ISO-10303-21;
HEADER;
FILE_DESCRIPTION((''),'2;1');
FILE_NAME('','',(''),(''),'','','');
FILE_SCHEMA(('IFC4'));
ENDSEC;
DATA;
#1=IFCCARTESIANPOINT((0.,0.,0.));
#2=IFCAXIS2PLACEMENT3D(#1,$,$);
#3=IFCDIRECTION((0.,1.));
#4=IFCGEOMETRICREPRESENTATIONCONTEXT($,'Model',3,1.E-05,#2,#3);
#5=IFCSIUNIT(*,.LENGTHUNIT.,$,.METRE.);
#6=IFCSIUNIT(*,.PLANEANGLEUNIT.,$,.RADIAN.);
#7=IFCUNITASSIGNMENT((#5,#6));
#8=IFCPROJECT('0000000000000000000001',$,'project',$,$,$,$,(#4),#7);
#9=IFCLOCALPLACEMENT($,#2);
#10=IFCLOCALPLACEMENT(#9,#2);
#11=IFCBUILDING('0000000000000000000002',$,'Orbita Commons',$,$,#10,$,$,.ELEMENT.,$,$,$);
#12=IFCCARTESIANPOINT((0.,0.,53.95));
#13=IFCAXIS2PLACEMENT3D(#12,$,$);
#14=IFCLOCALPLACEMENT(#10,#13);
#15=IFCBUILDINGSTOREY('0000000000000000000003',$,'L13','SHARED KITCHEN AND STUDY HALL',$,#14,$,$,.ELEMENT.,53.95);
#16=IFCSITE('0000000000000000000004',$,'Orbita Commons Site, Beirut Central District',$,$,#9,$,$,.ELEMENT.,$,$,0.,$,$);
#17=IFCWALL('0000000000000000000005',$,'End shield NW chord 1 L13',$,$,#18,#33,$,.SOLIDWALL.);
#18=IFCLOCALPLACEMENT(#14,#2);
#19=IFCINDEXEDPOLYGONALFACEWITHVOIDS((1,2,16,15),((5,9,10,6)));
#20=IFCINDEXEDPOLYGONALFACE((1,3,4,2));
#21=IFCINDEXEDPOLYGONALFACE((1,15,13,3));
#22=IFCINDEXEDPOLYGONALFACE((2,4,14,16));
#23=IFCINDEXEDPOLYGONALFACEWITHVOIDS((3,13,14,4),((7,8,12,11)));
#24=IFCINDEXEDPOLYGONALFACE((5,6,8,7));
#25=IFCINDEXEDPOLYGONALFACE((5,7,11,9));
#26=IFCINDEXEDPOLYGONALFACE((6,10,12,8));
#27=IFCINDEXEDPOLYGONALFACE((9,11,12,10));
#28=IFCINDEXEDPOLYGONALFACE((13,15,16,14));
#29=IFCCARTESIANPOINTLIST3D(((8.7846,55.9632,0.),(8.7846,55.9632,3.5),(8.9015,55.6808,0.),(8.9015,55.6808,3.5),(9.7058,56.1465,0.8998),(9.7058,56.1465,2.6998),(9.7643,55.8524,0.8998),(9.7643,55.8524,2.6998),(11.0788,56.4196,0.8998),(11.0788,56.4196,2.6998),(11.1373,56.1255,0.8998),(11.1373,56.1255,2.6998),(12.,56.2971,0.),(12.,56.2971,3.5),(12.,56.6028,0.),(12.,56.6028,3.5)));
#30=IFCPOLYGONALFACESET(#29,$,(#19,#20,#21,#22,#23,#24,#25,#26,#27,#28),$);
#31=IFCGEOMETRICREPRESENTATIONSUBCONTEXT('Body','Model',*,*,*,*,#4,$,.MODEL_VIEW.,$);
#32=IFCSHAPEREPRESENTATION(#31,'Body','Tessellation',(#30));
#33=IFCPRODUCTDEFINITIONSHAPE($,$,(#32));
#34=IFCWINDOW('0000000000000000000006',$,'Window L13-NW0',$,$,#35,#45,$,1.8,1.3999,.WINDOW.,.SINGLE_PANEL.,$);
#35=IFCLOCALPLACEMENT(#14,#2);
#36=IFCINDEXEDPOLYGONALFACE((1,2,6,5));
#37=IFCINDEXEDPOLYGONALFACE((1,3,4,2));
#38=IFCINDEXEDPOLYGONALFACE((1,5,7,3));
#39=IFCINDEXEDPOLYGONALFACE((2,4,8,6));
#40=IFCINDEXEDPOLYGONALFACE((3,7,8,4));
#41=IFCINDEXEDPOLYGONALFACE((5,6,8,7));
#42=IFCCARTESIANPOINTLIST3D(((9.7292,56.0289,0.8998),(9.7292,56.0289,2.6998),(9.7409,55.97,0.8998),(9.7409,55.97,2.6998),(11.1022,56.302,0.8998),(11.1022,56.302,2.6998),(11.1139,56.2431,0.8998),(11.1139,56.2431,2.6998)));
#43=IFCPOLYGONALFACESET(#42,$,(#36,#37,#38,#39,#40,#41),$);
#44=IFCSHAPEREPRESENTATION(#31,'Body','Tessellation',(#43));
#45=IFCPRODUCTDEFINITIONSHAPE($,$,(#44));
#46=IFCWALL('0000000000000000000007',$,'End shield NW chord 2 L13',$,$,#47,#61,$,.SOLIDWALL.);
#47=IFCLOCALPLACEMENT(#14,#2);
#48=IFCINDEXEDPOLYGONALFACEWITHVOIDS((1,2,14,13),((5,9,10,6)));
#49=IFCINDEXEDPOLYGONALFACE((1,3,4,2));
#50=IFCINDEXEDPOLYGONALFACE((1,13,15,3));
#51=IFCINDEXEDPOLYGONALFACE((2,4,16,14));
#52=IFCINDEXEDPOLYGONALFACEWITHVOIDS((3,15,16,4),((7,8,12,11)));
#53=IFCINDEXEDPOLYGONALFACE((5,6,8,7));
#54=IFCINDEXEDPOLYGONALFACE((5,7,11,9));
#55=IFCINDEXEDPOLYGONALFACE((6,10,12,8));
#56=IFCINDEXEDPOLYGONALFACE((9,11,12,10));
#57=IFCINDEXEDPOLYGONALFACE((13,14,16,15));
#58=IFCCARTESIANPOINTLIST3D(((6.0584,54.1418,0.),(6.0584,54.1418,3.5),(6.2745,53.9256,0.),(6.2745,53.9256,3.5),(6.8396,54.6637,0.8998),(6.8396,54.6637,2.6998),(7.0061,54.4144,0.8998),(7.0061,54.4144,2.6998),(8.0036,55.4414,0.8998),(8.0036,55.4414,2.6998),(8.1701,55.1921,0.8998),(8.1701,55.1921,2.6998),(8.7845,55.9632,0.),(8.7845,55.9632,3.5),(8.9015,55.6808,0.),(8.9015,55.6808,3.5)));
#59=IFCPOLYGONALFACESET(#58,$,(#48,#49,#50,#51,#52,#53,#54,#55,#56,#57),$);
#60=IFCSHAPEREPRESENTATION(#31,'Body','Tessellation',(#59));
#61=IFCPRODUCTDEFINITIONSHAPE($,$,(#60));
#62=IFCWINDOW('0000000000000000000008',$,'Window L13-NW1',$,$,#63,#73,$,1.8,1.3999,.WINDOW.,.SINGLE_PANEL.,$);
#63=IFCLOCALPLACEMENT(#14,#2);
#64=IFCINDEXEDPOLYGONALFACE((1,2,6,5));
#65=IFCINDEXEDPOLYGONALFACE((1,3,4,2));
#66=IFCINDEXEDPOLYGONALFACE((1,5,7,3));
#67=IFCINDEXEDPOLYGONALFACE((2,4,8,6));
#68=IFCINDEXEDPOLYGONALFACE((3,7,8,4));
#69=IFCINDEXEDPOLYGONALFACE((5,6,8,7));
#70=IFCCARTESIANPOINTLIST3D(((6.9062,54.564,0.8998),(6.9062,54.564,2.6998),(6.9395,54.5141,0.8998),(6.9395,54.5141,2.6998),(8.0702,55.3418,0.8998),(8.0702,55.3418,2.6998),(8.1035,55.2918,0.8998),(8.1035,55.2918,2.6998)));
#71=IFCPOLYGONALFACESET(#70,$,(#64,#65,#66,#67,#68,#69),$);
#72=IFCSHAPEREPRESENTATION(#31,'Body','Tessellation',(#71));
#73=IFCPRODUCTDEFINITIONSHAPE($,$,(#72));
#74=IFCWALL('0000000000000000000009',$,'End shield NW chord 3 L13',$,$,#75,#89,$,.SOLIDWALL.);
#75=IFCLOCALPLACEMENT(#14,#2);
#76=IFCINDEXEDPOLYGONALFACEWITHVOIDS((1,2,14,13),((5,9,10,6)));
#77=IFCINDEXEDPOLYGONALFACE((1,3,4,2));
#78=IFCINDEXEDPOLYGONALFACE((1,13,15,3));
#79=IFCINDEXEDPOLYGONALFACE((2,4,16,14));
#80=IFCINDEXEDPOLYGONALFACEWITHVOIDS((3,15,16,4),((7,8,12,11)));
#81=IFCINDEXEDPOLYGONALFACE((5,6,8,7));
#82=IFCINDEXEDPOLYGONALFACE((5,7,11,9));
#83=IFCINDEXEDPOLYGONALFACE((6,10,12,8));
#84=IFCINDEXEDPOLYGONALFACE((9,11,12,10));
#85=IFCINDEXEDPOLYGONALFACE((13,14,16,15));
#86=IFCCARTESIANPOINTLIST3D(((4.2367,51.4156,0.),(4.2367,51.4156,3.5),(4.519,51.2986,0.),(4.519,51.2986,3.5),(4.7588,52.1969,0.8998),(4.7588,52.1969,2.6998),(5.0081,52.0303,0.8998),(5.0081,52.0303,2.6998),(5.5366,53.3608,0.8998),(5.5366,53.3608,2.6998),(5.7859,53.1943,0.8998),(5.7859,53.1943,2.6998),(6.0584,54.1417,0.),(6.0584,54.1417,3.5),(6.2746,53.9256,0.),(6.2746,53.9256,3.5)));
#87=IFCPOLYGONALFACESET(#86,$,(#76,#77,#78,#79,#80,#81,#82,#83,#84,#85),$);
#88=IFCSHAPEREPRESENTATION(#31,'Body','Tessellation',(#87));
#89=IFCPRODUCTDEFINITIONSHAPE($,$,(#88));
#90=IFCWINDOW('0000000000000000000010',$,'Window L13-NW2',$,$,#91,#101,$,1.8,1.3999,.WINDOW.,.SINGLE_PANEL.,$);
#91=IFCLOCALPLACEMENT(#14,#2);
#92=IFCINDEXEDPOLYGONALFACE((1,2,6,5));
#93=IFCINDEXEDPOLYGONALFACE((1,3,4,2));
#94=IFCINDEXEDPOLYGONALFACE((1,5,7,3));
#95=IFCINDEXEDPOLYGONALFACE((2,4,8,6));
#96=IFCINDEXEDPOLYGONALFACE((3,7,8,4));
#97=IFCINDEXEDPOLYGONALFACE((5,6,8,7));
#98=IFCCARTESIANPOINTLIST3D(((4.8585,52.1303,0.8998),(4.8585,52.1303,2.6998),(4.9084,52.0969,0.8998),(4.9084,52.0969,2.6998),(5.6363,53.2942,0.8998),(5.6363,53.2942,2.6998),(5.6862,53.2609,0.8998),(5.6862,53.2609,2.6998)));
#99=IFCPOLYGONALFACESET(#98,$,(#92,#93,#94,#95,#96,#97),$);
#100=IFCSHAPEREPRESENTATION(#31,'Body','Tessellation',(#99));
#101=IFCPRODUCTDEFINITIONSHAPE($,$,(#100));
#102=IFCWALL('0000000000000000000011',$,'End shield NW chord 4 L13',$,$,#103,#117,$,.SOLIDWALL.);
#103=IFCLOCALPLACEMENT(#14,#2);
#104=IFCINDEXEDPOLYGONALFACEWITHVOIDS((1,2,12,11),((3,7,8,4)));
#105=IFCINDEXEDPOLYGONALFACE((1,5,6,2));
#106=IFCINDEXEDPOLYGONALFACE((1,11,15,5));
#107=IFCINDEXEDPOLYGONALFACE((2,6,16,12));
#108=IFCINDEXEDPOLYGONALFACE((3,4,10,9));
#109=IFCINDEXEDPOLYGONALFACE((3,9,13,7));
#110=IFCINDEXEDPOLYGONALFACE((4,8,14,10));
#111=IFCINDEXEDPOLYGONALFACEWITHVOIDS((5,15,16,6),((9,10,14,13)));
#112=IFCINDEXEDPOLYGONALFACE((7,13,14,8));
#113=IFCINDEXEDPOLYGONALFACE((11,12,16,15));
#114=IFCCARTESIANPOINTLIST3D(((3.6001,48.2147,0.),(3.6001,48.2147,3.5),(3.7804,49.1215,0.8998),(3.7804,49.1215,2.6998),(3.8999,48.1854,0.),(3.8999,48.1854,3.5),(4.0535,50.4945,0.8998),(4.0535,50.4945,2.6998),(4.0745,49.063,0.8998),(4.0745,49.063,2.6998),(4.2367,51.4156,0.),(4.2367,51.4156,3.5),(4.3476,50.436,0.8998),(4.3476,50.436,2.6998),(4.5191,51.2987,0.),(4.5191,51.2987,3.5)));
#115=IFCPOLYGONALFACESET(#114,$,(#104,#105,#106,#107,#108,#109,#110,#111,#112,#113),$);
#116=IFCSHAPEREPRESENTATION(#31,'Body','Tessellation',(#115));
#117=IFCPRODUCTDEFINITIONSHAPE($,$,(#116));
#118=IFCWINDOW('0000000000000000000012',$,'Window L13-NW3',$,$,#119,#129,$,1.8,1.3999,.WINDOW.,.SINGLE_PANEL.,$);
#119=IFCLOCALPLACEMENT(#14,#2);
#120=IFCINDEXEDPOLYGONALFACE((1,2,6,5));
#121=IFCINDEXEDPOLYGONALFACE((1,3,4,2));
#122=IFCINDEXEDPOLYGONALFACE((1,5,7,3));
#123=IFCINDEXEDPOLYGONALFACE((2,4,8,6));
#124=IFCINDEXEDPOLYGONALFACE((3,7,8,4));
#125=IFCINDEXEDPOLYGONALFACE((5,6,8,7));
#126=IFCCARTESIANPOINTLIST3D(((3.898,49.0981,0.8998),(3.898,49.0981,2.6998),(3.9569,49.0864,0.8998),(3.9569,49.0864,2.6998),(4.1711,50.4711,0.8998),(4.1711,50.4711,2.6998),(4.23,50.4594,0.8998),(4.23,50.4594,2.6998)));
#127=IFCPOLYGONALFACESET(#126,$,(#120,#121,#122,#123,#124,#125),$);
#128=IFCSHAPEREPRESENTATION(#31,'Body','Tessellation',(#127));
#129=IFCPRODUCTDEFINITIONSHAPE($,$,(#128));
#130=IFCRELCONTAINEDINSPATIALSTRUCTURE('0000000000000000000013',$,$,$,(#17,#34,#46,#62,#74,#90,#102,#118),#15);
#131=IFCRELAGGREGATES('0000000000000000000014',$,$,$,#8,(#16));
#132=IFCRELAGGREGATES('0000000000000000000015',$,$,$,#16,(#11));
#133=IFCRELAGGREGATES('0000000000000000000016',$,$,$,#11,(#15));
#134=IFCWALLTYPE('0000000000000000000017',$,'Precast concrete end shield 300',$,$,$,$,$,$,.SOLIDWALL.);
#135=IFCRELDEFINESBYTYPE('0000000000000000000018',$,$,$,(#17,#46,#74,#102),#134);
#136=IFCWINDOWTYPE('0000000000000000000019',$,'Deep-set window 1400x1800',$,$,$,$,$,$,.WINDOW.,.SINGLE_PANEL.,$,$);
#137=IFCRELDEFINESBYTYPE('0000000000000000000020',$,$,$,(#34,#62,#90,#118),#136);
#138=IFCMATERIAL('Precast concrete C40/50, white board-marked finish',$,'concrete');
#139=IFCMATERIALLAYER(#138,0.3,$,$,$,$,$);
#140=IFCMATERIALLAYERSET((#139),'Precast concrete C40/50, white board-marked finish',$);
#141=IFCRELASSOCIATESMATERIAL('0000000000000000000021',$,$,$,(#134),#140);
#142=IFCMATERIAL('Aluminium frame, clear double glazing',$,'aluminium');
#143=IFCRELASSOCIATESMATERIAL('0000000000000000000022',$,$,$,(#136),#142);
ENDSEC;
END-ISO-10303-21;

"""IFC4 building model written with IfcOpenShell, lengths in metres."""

from ifc_helpers import new_model, si_unit, direction, frame, frame_2d, origin, place, context, subcontext, project, spatial, polyline, rectangle, outline, extrude, material, layer, layer_set, type_object, element, fill, save


model = new_model("IFC4")

# Units and contexts
model_context = context("Model", 3, precision=1e-05, world=origin(), true_north=direction((0.0, 1.0)))
body_context = subcontext(model_context, "Body", "Model", "MODEL_VIEW")
ifc_project = project(units=[si_unit("LENGTHUNIT", "METRE"), si_unit("PLANEANGLEUNIT", "RADIAN")], contexts=[model_context])

# Site, building, storey
site_placement = place(None, origin())
site = spatial("IfcSite", under=ifc_project, at=site_placement, Name="Orbita Commons Site, Beirut Central District", CompositionType="ELEMENT", RefElevation=0.0)
building_placement = place(site_placement, origin())
building = spatial("IfcBuilding", under=site, at=building_placement, Name="Orbita Commons", CompositionType="ELEMENT")
storey_placement = place(building_placement, frame((0.0, 0.0, 53.95)))
storey = spatial("IfcBuildingStorey", under=building, at=storey_placement, Name="L13", Description="SHARED KITCHEN AND STUDY HALL", CompositionType="ELEMENT", Elevation=53.95)

# Walls, openings, windows
ifc_material_1 = material(Name="Precast concrete C40/50, white board-marked finish", Category="concrete")
ifc_layer_1 = layer(ifc_material_1, 0.3)
ifc_layer_set_1 = layer_set([ifc_layer_1], Name="Precast concrete C40/50, white board-marked finish")
wall_type_1 = type_object("IfcWallType", Name="Precast concrete end shield 300", PredefinedType="SOLIDWALL", material=ifc_layer_set_1)
wall_1_placement = place(storey_placement, frame((12.0, 56.45, 0.0), z_axis=(0.0, 0.0, 1.0), x_axis=(-0.980787, -0.19508, 0.0)))
wall_1 = element("IfcWall", 1, at=wall_1_placement, inside=storey, type_object=wall_type_1, Name="End shield NW chord 1 L13", PredefinedType="SOLIDWALL", context=body_context, shape_type="SweptSolid", body=[
    extrude(outline(polyline([(-0.0298, -0.1499), (3.2485, -0.1499), (3.189, 0.1499), (0.0298, 0.1499), (-0.0298, -0.1499)])), origin(), (0.0, 0.0, 1.0), 3.5),
])
opening_1_placement = place(wall_1_placement, frame((0.9094, 0.0, 0.8999)))
opening_1 = element("IfcOpeningElement", 2, at=opening_1_placement, cuts=wall_1, PredefinedType="OPENING", context=body_context, shape_type="SweptSolid", body=[
    extrude(rectangle(XDim=1.3999, YDim=1.8, at=frame_2d((0.7, 0.8999))), frame((0.0, 0.1599, 0.0), z_axis=(0.0, -1.0, 0.0), x_axis=(1.0, 0.0, 0.0)), (0.0, 0.0, 1.0), 0.3201),
])
ifc_material_2 = material(Name="Aluminium frame, clear double glazing", Category="aluminium")
window_type = type_object("IfcWindowType", Name="Deep-set window 1400x1800", PartitioningType="SINGLE_PANEL", PredefinedType="WINDOW", material=ifc_material_2)
window_1_placement = place(opening_1_placement, origin())
window_1 = element("IfcWindow", 3, at=window_1_placement, inside=storey, type_object=window_type, Name="Window L13-NW0", OverallHeight=1.8, OverallWidth=1.3999, PartitioningType="SINGLE_PANEL", PredefinedType="WINDOW", context=body_context, shape_type="SweptSolid", body=[
    extrude(rectangle(XDim=1.3999, YDim=1.8, at=frame_2d((0.7, 0.8999))), frame((0.0, 0.03, 0.0), z_axis=(0.0, -1.0, 0.0), x_axis=(1.0, 0.0, 0.0)), (0.0, 0.0, 1.0), 0.0601),
])
fill(opening_1, window_1)
wall_2_placement = place(storey_placement, frame((8.843, 55.822, 0.0), z_axis=(0.0, 0.0, 1.0), x_axis=(-0.831478, -0.555558, 0.0)))
wall_2 = element("IfcWall", 4, at=wall_2_placement, inside=storey, type_object=wall_type_1, Name="End shield NW chord 2 L13", PredefinedType="SOLIDWALL", context=body_context, shape_type="SweptSolid", body=[
    extrude(outline(polyline([(-0.0298, -0.1499), (3.2488, -0.1499), (3.1892, 0.1499), (0.0298, 0.1499), (-0.0298, -0.1499)])), origin(), (0.0, 0.0, 1.0), 3.5),
])
opening_2_placement = place(wall_2_placement, frame((0.9094, 0.0, 0.8999)))
opening_2 = element("IfcOpeningElement", 5, at=opening_2_placement, cuts=wall_2, PredefinedType="OPENING", context=body_context, shape_type="SweptSolid", body=[
    extrude(rectangle(XDim=1.3999, YDim=1.8, at=frame_2d((0.7, 0.8999))), frame((0.0, 0.1599, 0.0), z_axis=(0.0, -1.0, 0.0), x_axis=(1.0, 0.0, 0.0)), (0.0, 0.0, 1.0), 0.3201),
])
window_2_placement = place(opening_2_placement, origin())
window_2 = element("IfcWindow", 6, at=window_2_placement, inside=storey, type_object=window_type, Name="Window L13-NW1", OverallHeight=1.8, OverallWidth=1.3999, PartitioningType="SINGLE_PANEL", PredefinedType="WINDOW", context=body_context, shape_type="SweptSolid", body=[
    extrude(rectangle(XDim=1.3999, YDim=1.8, at=frame_2d((0.7, 0.8999))), frame((0.0, 0.03, 0.0), z_axis=(0.0, -1.0, 0.0), x_axis=(1.0, 0.0, 0.0)), (0.0, 0.0, 1.0), 0.0601),
])
fill(opening_2, window_2)
wall_3_placement = place(storey_placement, frame((6.1665, 54.0337, 0.0), z_axis=(0.0, 0.0, 1.0), x_axis=(-0.55561, -0.831443, 0.0)))
wall_3 = element("IfcWall", 7, at=wall_3_placement, inside=storey, type_object=wall_type_1, Name="End shield NW chord 3 L13", PredefinedType="SOLIDWALL", context=body_context, shape_type="SweptSolid", body=[
    extrude(outline(polyline([(-0.0298, -0.1499), (3.249, -0.1499), (3.1895, 0.1499), (0.0298, 0.1499), (-0.0298, -0.1499)])), origin(), (0.0, 0.0, 1.0), 3.5),
])
opening_3_placement = place(wall_3_placement, frame((0.9094, 0.0, 0.8999)))
opening_3 = element("IfcOpeningElement", 8, at=opening_3_placement, cuts=wall_3, PredefinedType="OPENING", context=body_context, shape_type="SweptSolid", body=[
    extrude(rectangle(XDim=1.3999, YDim=1.8, at=frame_2d((0.7, 0.8999))), frame((0.0, 0.1599, 0.0), z_axis=(0.0, -1.0, 0.0), x_axis=(1.0, 0.0, 0.0)), (0.0, 0.0, 1.0), 0.3201),
])
window_3_placement = place(opening_3_placement, origin())
window_3 = element("IfcWindow", 9, at=window_3_placement, inside=storey, type_object=window_type, Name="Window L13-NW2", OverallHeight=1.8, OverallWidth=1.3999, PartitioningType="SINGLE_PANEL", PredefinedType="WINDOW", context=body_context, shape_type="SweptSolid", body=[
    extrude(rectangle(XDim=1.3999, YDim=1.8, at=frame_2d((0.7, 0.8999))), frame((0.0, 0.03, 0.0), z_axis=(0.0, -1.0, 0.0), x_axis=(1.0, 0.0, 0.0)), (0.0, 0.0, 1.0), 0.0601),
])
fill(opening_3, window_3)
wall_4_placement = place(storey_placement, frame((4.3779, 51.3572, 0.0), z_axis=(0.0, 0.0, 1.0), x_axis=(-0.195066, -0.98079, 0.0)))
wall_4 = element("IfcWall", 10, at=wall_4_placement, inside=storey, type_object=wall_type_1, Name="End shield NW chord 4 L13", PredefinedType="SOLIDWALL", context=body_context, shape_type="SweptSolid", body=[
    extrude(outline(polyline([(-0.0298, -0.1499), (3.2339, -0.1499), (3.2041, 0.1499), (0.0298, 0.1499), (-0.0298, -0.1499)])), origin(), (0.0, 0.0, 1.0), 3.5),
])
opening_4_placement = place(wall_4_placement, frame((0.9094, 0.0, 0.8999)))
opening_4 = element("IfcOpeningElement", 11, at=opening_4_placement, cuts=wall_4, PredefinedType="OPENING", context=body_context, shape_type="SweptSolid", body=[
    extrude(rectangle(XDim=1.3999, YDim=1.8, at=frame_2d((0.7, 0.8999))), frame((0.0, 0.1599, 0.0), z_axis=(0.0, -1.0, 0.0), x_axis=(1.0, 0.0, 0.0)), (0.0, 0.0, 1.0), 0.3201),
])
window_4_placement = place(opening_4_placement, origin())
window_4 = element("IfcWindow", 12, at=window_4_placement, inside=storey, type_object=window_type, Name="Window L13-NW3", OverallHeight=1.8, OverallWidth=1.3999, PartitioningType="SINGLE_PANEL", PredefinedType="WINDOW", context=body_context, shape_type="SweptSolid", body=[
    extrude(rectangle(XDim=1.3999, YDim=1.8, at=frame_2d((0.7, 0.8999))), frame((0.0, 0.03, 0.0), z_axis=(0.0, -1.0, 0.0), x_axis=(1.0, 0.0, 0.0)), (0.0, 0.0, 1.0), 0.0601),
])
fill(opening_4, window_4)

save(model, "model.ifc")
